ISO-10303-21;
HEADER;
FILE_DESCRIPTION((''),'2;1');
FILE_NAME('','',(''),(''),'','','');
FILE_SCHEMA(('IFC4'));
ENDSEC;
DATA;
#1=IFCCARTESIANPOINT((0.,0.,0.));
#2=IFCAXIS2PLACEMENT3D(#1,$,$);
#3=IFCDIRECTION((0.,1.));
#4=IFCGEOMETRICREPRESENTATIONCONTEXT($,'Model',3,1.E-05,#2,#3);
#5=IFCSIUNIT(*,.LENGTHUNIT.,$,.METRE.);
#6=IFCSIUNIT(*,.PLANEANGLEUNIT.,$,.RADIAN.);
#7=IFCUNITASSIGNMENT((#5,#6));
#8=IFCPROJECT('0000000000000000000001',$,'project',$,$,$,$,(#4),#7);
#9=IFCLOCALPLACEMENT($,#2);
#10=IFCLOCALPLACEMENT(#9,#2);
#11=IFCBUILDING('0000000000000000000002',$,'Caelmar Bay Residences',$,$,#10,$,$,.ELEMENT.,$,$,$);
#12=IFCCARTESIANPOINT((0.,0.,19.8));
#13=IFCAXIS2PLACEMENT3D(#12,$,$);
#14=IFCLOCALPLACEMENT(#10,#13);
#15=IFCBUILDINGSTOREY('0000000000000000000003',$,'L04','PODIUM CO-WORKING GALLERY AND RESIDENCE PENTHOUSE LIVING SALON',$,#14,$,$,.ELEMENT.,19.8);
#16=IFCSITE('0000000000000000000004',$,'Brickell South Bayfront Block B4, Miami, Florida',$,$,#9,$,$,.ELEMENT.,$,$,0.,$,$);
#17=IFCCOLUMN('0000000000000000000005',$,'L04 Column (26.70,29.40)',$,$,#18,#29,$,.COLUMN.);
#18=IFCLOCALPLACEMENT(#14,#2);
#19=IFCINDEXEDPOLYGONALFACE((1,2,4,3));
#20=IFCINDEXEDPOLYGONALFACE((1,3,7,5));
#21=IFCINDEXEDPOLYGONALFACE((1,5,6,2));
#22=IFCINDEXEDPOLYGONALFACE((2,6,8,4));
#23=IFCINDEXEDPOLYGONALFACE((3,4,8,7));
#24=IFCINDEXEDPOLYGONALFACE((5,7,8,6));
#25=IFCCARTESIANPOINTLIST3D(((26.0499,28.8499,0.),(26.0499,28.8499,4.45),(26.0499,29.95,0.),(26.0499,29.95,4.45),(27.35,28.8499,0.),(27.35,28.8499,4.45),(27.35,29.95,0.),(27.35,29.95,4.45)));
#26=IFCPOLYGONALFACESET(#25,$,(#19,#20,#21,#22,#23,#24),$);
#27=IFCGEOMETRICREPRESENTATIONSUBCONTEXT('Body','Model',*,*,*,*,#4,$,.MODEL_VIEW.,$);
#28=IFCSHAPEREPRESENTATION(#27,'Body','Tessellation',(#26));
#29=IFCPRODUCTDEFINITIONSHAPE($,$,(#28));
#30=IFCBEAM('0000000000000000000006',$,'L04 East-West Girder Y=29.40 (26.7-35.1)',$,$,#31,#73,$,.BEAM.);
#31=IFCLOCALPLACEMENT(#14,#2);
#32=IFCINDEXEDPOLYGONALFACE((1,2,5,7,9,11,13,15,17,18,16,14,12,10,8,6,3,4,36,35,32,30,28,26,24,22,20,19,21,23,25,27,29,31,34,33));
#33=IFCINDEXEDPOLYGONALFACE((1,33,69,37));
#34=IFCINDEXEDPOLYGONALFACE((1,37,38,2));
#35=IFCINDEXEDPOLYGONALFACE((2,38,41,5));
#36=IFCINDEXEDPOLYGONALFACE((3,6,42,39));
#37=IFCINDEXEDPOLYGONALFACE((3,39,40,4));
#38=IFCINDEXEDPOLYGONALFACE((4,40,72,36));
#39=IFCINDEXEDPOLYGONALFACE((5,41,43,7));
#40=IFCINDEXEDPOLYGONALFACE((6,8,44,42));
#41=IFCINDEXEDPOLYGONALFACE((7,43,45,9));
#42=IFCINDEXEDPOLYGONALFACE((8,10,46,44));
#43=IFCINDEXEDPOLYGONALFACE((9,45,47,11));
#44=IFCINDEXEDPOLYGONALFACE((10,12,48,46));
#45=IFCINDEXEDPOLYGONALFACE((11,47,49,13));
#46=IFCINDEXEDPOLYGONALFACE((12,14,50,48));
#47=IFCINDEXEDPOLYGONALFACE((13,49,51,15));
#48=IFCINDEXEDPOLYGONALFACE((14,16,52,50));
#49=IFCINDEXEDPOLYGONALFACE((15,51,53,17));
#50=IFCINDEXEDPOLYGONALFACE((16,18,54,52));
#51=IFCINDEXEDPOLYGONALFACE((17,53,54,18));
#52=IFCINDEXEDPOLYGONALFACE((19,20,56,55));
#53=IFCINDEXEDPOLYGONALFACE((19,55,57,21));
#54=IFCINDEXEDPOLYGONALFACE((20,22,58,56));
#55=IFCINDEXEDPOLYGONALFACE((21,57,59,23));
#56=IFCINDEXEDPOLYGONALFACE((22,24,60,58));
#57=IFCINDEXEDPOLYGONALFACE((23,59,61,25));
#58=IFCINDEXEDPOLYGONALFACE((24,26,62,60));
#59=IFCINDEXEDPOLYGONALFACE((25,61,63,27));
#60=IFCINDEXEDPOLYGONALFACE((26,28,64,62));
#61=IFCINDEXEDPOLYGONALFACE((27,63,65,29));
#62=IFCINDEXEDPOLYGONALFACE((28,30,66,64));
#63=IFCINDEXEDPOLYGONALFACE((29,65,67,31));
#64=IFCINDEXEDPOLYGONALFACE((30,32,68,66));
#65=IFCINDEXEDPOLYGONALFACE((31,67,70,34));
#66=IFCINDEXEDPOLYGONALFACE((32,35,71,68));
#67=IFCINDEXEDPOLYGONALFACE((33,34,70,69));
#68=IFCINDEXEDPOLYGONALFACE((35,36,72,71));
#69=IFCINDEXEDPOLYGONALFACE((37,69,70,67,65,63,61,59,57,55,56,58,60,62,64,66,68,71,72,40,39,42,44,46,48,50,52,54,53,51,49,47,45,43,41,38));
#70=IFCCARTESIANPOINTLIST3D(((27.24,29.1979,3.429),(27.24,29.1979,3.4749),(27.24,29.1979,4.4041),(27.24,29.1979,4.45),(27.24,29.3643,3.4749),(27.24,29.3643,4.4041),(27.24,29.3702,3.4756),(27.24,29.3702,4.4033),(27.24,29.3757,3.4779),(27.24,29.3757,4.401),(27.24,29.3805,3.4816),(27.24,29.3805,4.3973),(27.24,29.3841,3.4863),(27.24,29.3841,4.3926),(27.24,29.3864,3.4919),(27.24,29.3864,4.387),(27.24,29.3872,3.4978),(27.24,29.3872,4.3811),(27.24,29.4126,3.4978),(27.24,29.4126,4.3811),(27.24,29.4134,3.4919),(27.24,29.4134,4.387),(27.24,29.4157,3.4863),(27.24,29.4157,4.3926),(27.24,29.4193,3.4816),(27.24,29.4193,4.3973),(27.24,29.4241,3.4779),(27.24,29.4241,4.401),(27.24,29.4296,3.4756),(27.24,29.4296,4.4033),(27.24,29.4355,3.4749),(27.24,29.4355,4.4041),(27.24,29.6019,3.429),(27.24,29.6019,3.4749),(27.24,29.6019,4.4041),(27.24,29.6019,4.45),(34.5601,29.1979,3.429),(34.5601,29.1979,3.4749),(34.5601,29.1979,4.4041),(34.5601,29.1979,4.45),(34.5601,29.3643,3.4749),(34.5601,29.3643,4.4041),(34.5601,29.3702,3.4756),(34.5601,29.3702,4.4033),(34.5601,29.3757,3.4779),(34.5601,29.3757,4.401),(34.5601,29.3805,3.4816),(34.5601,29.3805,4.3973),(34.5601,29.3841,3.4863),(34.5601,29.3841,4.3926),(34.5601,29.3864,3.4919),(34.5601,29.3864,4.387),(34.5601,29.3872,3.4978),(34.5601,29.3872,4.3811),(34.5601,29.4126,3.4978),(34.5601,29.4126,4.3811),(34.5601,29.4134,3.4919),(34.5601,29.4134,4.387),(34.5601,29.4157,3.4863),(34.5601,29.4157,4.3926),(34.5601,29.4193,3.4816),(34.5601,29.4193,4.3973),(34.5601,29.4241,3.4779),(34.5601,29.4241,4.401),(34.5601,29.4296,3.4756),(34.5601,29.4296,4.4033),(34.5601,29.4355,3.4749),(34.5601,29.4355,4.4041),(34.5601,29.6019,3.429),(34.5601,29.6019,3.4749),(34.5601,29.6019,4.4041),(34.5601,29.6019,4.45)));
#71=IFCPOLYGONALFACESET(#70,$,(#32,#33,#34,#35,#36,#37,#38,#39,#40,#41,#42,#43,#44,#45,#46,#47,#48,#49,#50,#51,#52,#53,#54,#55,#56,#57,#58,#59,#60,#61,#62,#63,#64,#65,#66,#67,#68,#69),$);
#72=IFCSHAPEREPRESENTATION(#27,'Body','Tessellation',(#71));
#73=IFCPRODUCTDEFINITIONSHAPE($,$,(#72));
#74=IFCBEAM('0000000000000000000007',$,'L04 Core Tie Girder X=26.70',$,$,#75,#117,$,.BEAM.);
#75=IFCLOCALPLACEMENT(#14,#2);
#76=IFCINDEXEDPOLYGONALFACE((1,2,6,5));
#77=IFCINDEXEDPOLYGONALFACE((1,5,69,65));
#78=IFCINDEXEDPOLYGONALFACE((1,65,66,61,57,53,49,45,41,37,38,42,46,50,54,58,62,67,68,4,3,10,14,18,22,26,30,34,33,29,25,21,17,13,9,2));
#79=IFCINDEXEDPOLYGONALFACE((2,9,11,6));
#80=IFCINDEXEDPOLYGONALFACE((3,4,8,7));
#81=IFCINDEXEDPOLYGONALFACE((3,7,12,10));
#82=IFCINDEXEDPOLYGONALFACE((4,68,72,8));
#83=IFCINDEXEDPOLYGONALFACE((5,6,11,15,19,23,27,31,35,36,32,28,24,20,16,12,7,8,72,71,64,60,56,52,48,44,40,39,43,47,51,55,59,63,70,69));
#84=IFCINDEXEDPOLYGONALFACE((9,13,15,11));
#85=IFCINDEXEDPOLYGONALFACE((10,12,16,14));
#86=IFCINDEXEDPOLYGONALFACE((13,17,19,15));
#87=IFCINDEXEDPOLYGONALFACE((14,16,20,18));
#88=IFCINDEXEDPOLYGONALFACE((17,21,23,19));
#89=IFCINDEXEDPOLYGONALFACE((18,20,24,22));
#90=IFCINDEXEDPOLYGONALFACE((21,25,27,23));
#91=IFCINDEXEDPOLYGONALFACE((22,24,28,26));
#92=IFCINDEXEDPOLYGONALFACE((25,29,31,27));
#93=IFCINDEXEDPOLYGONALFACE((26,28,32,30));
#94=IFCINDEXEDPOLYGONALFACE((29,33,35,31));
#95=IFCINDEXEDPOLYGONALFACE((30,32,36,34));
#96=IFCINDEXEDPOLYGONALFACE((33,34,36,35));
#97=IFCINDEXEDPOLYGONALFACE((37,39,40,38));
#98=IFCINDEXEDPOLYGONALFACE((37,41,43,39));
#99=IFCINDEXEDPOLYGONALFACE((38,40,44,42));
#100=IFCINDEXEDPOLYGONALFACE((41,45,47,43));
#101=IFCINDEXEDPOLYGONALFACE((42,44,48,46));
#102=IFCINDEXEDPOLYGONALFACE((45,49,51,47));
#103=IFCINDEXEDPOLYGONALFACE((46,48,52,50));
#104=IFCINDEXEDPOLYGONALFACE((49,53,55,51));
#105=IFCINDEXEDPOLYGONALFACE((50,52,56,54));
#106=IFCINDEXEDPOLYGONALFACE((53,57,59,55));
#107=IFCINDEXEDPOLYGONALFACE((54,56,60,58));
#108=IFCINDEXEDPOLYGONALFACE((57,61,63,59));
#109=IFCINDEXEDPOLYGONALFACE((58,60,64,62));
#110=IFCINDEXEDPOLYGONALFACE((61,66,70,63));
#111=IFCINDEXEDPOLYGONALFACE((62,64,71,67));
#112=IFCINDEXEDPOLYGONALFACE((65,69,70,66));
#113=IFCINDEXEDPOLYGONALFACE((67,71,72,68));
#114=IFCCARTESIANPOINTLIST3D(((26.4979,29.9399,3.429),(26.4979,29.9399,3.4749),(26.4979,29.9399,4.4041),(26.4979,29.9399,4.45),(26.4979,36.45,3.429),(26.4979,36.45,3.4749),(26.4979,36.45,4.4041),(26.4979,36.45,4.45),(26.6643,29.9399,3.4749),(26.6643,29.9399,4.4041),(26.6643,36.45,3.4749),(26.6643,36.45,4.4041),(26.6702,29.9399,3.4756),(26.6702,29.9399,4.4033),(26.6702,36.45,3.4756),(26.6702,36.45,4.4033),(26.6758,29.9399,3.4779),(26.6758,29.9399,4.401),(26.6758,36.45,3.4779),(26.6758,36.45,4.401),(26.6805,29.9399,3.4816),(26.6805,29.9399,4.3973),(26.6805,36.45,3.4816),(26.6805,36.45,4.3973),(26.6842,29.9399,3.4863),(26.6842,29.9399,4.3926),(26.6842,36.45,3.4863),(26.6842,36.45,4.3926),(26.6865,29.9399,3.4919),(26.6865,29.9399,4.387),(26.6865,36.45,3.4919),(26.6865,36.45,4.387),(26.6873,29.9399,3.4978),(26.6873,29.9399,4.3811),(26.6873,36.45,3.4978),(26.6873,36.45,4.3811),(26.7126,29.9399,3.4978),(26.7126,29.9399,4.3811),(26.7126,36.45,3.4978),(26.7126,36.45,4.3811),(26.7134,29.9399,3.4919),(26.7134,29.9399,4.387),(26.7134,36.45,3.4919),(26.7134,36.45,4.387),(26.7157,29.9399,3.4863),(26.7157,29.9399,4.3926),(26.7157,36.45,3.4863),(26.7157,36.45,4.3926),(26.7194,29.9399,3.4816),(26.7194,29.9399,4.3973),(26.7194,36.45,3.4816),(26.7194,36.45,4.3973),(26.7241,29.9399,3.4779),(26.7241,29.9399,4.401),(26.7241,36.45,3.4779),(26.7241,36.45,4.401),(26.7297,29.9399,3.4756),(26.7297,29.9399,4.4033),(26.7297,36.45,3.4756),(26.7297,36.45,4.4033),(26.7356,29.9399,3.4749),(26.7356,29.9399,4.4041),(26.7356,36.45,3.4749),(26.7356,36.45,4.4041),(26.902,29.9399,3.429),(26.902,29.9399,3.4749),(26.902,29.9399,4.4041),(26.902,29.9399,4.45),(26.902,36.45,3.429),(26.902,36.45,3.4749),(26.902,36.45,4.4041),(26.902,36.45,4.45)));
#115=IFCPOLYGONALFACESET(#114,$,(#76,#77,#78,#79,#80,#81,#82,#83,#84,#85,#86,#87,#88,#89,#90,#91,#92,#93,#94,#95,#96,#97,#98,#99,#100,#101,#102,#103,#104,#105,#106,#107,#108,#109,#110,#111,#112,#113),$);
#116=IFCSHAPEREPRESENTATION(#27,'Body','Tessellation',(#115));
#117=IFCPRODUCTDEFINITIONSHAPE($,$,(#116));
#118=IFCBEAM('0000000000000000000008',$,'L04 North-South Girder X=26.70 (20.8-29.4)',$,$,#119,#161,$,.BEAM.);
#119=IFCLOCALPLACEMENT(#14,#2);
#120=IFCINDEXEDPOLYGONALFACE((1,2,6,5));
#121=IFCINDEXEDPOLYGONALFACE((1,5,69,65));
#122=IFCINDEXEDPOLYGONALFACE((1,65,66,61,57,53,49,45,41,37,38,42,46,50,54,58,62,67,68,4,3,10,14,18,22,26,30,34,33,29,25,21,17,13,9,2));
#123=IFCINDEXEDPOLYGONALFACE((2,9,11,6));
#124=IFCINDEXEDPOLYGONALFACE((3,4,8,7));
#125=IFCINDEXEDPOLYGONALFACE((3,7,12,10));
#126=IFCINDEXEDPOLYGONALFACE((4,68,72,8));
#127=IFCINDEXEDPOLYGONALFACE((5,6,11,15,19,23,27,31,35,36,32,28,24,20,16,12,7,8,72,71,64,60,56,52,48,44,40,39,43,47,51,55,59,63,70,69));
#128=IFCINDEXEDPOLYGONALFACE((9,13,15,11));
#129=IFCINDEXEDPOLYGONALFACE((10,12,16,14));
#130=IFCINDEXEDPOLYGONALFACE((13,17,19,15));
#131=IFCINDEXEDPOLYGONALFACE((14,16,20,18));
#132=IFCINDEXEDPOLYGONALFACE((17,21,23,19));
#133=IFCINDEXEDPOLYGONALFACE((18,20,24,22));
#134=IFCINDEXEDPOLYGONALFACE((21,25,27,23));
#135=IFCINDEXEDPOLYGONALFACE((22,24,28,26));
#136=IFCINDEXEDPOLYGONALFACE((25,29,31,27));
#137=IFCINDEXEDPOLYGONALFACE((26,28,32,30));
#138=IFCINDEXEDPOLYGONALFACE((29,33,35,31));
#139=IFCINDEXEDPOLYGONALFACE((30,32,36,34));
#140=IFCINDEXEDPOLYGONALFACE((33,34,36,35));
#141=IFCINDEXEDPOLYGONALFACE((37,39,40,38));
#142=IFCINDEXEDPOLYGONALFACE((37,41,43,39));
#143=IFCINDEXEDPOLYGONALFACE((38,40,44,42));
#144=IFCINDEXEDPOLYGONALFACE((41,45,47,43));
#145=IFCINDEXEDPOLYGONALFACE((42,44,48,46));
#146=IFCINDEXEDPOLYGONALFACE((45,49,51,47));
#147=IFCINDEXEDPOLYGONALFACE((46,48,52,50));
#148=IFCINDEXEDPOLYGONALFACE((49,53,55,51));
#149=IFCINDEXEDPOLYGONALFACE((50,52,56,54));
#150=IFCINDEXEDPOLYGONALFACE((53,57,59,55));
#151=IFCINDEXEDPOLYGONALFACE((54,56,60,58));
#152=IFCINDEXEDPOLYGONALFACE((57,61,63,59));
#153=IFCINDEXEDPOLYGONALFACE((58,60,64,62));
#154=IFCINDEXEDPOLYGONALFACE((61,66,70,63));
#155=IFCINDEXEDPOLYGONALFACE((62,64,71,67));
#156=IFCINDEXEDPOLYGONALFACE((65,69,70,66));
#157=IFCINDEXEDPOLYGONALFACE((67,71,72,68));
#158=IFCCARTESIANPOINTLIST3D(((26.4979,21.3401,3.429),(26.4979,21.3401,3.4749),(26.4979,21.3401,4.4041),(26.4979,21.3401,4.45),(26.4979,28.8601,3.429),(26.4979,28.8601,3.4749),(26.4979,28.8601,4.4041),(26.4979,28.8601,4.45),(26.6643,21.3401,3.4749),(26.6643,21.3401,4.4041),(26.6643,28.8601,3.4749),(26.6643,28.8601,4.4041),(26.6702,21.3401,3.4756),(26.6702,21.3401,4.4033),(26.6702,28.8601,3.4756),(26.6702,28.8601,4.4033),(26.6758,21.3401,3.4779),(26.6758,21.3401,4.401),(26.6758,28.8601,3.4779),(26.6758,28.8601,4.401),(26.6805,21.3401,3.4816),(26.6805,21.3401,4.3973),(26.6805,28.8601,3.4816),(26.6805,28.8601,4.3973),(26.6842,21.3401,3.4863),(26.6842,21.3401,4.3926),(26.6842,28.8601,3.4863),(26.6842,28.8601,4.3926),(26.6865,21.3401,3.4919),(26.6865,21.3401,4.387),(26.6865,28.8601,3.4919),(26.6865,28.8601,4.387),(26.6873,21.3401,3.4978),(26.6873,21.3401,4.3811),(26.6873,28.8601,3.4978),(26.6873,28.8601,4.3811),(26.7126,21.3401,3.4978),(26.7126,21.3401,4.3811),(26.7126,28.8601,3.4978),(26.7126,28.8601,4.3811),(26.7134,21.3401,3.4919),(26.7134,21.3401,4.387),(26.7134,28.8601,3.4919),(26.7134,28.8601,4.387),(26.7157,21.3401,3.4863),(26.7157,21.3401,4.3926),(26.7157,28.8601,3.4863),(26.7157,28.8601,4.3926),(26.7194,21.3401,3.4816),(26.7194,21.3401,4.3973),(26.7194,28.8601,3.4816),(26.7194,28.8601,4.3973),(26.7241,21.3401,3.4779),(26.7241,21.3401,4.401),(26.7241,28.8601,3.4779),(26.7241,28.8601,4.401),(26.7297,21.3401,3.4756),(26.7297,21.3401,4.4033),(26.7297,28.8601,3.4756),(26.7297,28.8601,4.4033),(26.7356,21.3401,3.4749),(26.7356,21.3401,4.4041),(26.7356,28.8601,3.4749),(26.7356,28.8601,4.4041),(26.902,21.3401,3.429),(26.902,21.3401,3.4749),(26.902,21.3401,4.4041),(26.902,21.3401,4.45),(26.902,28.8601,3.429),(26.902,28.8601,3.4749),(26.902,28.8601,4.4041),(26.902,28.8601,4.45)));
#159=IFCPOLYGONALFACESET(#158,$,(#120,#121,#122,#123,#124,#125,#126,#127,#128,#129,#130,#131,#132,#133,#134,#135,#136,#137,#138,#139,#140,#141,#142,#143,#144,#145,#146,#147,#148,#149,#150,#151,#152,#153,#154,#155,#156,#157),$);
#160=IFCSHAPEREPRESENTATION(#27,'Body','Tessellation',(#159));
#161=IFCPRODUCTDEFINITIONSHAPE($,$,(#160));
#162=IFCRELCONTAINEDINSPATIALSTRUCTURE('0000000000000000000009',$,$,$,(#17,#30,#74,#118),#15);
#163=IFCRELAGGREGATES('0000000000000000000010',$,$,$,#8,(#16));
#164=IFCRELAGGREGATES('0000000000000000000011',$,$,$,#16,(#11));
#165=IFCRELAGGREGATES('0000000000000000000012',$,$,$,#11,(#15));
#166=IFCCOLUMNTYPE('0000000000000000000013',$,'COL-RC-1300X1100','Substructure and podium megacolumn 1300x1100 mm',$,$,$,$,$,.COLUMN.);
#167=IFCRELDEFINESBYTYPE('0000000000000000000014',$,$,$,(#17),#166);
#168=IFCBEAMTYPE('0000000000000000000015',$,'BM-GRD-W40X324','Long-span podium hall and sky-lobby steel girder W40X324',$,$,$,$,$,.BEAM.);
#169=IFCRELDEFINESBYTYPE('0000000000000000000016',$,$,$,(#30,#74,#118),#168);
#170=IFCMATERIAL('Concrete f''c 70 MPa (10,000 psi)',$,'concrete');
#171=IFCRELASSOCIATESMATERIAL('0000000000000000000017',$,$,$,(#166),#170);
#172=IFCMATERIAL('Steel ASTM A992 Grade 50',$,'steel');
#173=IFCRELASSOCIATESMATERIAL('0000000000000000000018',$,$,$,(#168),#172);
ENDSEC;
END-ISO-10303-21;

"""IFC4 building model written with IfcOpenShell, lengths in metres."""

from ifc_helpers import new_model, si_unit, direction, frame, origin, origin_2d, place, context, subcontext, project, spatial, rectangle, i_section, extrude, material, material_profile, profile_set, type_object, element, save


model = new_model("IFC4")

# Units and contexts
model_context = context("Model", 3, precision=1e-05, world=origin(), true_north=direction((0.0, 1.0)))
body_context = subcontext(model_context, "Body", "Model", "MODEL_VIEW")
ifc_project = project(units=[si_unit("LENGTHUNIT", "METRE"), si_unit("PLANEANGLEUNIT", "RADIAN")], contexts=[model_context])

# Site, building, storey
site_placement = place(None, origin())
site = spatial("IfcSite", under=ifc_project, at=site_placement, Name="Brickell South Bayfront Block B4, Miami, Florida", CompositionType="ELEMENT", RefElevation=0.0)
building_placement = place(site_placement, origin())
building = spatial("IfcBuilding", under=site, at=building_placement, Name="Caelmar Bay Residences", CompositionType="ELEMENT")
storey_placement = place(building_placement, frame((0.0, 0.0, 19.8)))
storey = spatial("IfcBuildingStorey", under=building, at=storey_placement, Name="L04", Description="PODIUM CO-WORKING GALLERY AND RESIDENCE PENTHOUSE LIVING SALON", CompositionType="ELEMENT", Elevation=19.8)

# Column
ifc_material_1 = material(Name="Concrete f'c 70 MPa (10,000 psi)", Category="concrete")
ifc_material_profile_1 = material_profile(ifc_material_1, rectangle(XDim=1.3, YDim=1.1001, at=origin_2d()), Name="RC-COL-1300X1100")
ifc_profile_set_1 = profile_set([ifc_material_profile_1], Name="Concrete f'c 70 MPa (10,000 psi)")
column_type = type_object("IfcColumnType", Name="COL-RC-1300X1100", Description="Substructure and podium megacolumn 1300x1100 mm", PredefinedType="COLUMN", material=ifc_profile_set_1)
column_placement = place(storey_placement, frame((26.7, 29.3999, 0.0), z_axis=(0.0, 0.0, 1.0), x_axis=(1.0, 0.0, 0.0)))
element("IfcColumn", 1, at=column_placement, inside=storey, type_object=column_type, Name="L04 Column (26.70,29.40)", PredefinedType="COLUMN", context=body_context, shape_type="SweptSolid", body=[
    extrude(rectangle(XDim=1.3, YDim=1.1001, at=origin_2d()), origin(), (0.0, 0.0, 1.0), 4.45),
])

# Beams
ifc_material_2 = material(Name="Steel ASTM A992 Grade 50", Category="steel")
ifc_material_profile_2 = material_profile(ifc_material_2, i_section(OverallWidth=0.4041, OverallDepth=1.021, WebThickness=0.0254, FlangeThickness=0.0459, FilletRadius=0.0229, at=origin_2d()), Name="W40X324")
ifc_profile_set_2 = profile_set([ifc_material_profile_2], Name="Steel ASTM A992 Grade 50")
beam_type_1 = type_object("IfcBeamType", Name="BM-GRD-W40X324", Description="Long-span podium hall and sky-lobby steel girder W40X324", PredefinedType="BEAM", material=ifc_profile_set_2)
beam_1_placement = place(storey_placement, frame((27.24, 29.3999, 3.9395), z_axis=(1.0, 0.0, 0.0), x_axis=(0.0, 1.0, 0.0)))
element("IfcBeam", 2, at=beam_1_placement, inside=storey, type_object=beam_type_1, Name="L04 East-West Girder Y=29.40 (26.7-35.1)", PredefinedType="BEAM", context=body_context, shape_type="SweptSolid", body=[
    extrude(i_section(OverallWidth=0.4041, OverallDepth=1.021, WebThickness=0.0254, FlangeThickness=0.0459, FilletRadius=0.0229, at=origin_2d()), origin(), (0.0, 0.0, 1.0), 7.3201),
])
beam_2_placement = place(storey_placement, frame((26.7, 29.9399, 3.9395), z_axis=(0.0, 1.0, 0.0), x_axis=(-1.0, 0.0, 0.0)))
element("IfcBeam", 3, at=beam_2_placement, inside=storey, type_object=beam_type_1, Name="L04 Core Tie Girder X=26.70", PredefinedType="BEAM", context=body_context, shape_type="SweptSolid", body=[
    extrude(i_section(OverallWidth=0.4041, OverallDepth=1.021, WebThickness=0.0254, FlangeThickness=0.0459, FilletRadius=0.0229, at=origin_2d()), origin(), (0.0, 0.0, 1.0), 6.51),
])
beam_3_placement = place(storey_placement, frame((26.7, 21.3401, 3.9395), z_axis=(0.0, 1.0, 0.0), x_axis=(-1.0, 0.0, 0.0)))
element("IfcBeam", 4, at=beam_3_placement, inside=storey, type_object=beam_type_1, Name="L04 North-South Girder X=26.70 (20.8-29.4)", PredefinedType="BEAM", context=body_context, shape_type="SweptSolid", body=[
    extrude(i_section(OverallWidth=0.4041, OverallDepth=1.021, WebThickness=0.0254, FlangeThickness=0.0459, FilletRadius=0.0229, at=origin_2d()), origin(), (0.0, 0.0, 1.0), 7.52),
])

save(model, "model.ifc")
